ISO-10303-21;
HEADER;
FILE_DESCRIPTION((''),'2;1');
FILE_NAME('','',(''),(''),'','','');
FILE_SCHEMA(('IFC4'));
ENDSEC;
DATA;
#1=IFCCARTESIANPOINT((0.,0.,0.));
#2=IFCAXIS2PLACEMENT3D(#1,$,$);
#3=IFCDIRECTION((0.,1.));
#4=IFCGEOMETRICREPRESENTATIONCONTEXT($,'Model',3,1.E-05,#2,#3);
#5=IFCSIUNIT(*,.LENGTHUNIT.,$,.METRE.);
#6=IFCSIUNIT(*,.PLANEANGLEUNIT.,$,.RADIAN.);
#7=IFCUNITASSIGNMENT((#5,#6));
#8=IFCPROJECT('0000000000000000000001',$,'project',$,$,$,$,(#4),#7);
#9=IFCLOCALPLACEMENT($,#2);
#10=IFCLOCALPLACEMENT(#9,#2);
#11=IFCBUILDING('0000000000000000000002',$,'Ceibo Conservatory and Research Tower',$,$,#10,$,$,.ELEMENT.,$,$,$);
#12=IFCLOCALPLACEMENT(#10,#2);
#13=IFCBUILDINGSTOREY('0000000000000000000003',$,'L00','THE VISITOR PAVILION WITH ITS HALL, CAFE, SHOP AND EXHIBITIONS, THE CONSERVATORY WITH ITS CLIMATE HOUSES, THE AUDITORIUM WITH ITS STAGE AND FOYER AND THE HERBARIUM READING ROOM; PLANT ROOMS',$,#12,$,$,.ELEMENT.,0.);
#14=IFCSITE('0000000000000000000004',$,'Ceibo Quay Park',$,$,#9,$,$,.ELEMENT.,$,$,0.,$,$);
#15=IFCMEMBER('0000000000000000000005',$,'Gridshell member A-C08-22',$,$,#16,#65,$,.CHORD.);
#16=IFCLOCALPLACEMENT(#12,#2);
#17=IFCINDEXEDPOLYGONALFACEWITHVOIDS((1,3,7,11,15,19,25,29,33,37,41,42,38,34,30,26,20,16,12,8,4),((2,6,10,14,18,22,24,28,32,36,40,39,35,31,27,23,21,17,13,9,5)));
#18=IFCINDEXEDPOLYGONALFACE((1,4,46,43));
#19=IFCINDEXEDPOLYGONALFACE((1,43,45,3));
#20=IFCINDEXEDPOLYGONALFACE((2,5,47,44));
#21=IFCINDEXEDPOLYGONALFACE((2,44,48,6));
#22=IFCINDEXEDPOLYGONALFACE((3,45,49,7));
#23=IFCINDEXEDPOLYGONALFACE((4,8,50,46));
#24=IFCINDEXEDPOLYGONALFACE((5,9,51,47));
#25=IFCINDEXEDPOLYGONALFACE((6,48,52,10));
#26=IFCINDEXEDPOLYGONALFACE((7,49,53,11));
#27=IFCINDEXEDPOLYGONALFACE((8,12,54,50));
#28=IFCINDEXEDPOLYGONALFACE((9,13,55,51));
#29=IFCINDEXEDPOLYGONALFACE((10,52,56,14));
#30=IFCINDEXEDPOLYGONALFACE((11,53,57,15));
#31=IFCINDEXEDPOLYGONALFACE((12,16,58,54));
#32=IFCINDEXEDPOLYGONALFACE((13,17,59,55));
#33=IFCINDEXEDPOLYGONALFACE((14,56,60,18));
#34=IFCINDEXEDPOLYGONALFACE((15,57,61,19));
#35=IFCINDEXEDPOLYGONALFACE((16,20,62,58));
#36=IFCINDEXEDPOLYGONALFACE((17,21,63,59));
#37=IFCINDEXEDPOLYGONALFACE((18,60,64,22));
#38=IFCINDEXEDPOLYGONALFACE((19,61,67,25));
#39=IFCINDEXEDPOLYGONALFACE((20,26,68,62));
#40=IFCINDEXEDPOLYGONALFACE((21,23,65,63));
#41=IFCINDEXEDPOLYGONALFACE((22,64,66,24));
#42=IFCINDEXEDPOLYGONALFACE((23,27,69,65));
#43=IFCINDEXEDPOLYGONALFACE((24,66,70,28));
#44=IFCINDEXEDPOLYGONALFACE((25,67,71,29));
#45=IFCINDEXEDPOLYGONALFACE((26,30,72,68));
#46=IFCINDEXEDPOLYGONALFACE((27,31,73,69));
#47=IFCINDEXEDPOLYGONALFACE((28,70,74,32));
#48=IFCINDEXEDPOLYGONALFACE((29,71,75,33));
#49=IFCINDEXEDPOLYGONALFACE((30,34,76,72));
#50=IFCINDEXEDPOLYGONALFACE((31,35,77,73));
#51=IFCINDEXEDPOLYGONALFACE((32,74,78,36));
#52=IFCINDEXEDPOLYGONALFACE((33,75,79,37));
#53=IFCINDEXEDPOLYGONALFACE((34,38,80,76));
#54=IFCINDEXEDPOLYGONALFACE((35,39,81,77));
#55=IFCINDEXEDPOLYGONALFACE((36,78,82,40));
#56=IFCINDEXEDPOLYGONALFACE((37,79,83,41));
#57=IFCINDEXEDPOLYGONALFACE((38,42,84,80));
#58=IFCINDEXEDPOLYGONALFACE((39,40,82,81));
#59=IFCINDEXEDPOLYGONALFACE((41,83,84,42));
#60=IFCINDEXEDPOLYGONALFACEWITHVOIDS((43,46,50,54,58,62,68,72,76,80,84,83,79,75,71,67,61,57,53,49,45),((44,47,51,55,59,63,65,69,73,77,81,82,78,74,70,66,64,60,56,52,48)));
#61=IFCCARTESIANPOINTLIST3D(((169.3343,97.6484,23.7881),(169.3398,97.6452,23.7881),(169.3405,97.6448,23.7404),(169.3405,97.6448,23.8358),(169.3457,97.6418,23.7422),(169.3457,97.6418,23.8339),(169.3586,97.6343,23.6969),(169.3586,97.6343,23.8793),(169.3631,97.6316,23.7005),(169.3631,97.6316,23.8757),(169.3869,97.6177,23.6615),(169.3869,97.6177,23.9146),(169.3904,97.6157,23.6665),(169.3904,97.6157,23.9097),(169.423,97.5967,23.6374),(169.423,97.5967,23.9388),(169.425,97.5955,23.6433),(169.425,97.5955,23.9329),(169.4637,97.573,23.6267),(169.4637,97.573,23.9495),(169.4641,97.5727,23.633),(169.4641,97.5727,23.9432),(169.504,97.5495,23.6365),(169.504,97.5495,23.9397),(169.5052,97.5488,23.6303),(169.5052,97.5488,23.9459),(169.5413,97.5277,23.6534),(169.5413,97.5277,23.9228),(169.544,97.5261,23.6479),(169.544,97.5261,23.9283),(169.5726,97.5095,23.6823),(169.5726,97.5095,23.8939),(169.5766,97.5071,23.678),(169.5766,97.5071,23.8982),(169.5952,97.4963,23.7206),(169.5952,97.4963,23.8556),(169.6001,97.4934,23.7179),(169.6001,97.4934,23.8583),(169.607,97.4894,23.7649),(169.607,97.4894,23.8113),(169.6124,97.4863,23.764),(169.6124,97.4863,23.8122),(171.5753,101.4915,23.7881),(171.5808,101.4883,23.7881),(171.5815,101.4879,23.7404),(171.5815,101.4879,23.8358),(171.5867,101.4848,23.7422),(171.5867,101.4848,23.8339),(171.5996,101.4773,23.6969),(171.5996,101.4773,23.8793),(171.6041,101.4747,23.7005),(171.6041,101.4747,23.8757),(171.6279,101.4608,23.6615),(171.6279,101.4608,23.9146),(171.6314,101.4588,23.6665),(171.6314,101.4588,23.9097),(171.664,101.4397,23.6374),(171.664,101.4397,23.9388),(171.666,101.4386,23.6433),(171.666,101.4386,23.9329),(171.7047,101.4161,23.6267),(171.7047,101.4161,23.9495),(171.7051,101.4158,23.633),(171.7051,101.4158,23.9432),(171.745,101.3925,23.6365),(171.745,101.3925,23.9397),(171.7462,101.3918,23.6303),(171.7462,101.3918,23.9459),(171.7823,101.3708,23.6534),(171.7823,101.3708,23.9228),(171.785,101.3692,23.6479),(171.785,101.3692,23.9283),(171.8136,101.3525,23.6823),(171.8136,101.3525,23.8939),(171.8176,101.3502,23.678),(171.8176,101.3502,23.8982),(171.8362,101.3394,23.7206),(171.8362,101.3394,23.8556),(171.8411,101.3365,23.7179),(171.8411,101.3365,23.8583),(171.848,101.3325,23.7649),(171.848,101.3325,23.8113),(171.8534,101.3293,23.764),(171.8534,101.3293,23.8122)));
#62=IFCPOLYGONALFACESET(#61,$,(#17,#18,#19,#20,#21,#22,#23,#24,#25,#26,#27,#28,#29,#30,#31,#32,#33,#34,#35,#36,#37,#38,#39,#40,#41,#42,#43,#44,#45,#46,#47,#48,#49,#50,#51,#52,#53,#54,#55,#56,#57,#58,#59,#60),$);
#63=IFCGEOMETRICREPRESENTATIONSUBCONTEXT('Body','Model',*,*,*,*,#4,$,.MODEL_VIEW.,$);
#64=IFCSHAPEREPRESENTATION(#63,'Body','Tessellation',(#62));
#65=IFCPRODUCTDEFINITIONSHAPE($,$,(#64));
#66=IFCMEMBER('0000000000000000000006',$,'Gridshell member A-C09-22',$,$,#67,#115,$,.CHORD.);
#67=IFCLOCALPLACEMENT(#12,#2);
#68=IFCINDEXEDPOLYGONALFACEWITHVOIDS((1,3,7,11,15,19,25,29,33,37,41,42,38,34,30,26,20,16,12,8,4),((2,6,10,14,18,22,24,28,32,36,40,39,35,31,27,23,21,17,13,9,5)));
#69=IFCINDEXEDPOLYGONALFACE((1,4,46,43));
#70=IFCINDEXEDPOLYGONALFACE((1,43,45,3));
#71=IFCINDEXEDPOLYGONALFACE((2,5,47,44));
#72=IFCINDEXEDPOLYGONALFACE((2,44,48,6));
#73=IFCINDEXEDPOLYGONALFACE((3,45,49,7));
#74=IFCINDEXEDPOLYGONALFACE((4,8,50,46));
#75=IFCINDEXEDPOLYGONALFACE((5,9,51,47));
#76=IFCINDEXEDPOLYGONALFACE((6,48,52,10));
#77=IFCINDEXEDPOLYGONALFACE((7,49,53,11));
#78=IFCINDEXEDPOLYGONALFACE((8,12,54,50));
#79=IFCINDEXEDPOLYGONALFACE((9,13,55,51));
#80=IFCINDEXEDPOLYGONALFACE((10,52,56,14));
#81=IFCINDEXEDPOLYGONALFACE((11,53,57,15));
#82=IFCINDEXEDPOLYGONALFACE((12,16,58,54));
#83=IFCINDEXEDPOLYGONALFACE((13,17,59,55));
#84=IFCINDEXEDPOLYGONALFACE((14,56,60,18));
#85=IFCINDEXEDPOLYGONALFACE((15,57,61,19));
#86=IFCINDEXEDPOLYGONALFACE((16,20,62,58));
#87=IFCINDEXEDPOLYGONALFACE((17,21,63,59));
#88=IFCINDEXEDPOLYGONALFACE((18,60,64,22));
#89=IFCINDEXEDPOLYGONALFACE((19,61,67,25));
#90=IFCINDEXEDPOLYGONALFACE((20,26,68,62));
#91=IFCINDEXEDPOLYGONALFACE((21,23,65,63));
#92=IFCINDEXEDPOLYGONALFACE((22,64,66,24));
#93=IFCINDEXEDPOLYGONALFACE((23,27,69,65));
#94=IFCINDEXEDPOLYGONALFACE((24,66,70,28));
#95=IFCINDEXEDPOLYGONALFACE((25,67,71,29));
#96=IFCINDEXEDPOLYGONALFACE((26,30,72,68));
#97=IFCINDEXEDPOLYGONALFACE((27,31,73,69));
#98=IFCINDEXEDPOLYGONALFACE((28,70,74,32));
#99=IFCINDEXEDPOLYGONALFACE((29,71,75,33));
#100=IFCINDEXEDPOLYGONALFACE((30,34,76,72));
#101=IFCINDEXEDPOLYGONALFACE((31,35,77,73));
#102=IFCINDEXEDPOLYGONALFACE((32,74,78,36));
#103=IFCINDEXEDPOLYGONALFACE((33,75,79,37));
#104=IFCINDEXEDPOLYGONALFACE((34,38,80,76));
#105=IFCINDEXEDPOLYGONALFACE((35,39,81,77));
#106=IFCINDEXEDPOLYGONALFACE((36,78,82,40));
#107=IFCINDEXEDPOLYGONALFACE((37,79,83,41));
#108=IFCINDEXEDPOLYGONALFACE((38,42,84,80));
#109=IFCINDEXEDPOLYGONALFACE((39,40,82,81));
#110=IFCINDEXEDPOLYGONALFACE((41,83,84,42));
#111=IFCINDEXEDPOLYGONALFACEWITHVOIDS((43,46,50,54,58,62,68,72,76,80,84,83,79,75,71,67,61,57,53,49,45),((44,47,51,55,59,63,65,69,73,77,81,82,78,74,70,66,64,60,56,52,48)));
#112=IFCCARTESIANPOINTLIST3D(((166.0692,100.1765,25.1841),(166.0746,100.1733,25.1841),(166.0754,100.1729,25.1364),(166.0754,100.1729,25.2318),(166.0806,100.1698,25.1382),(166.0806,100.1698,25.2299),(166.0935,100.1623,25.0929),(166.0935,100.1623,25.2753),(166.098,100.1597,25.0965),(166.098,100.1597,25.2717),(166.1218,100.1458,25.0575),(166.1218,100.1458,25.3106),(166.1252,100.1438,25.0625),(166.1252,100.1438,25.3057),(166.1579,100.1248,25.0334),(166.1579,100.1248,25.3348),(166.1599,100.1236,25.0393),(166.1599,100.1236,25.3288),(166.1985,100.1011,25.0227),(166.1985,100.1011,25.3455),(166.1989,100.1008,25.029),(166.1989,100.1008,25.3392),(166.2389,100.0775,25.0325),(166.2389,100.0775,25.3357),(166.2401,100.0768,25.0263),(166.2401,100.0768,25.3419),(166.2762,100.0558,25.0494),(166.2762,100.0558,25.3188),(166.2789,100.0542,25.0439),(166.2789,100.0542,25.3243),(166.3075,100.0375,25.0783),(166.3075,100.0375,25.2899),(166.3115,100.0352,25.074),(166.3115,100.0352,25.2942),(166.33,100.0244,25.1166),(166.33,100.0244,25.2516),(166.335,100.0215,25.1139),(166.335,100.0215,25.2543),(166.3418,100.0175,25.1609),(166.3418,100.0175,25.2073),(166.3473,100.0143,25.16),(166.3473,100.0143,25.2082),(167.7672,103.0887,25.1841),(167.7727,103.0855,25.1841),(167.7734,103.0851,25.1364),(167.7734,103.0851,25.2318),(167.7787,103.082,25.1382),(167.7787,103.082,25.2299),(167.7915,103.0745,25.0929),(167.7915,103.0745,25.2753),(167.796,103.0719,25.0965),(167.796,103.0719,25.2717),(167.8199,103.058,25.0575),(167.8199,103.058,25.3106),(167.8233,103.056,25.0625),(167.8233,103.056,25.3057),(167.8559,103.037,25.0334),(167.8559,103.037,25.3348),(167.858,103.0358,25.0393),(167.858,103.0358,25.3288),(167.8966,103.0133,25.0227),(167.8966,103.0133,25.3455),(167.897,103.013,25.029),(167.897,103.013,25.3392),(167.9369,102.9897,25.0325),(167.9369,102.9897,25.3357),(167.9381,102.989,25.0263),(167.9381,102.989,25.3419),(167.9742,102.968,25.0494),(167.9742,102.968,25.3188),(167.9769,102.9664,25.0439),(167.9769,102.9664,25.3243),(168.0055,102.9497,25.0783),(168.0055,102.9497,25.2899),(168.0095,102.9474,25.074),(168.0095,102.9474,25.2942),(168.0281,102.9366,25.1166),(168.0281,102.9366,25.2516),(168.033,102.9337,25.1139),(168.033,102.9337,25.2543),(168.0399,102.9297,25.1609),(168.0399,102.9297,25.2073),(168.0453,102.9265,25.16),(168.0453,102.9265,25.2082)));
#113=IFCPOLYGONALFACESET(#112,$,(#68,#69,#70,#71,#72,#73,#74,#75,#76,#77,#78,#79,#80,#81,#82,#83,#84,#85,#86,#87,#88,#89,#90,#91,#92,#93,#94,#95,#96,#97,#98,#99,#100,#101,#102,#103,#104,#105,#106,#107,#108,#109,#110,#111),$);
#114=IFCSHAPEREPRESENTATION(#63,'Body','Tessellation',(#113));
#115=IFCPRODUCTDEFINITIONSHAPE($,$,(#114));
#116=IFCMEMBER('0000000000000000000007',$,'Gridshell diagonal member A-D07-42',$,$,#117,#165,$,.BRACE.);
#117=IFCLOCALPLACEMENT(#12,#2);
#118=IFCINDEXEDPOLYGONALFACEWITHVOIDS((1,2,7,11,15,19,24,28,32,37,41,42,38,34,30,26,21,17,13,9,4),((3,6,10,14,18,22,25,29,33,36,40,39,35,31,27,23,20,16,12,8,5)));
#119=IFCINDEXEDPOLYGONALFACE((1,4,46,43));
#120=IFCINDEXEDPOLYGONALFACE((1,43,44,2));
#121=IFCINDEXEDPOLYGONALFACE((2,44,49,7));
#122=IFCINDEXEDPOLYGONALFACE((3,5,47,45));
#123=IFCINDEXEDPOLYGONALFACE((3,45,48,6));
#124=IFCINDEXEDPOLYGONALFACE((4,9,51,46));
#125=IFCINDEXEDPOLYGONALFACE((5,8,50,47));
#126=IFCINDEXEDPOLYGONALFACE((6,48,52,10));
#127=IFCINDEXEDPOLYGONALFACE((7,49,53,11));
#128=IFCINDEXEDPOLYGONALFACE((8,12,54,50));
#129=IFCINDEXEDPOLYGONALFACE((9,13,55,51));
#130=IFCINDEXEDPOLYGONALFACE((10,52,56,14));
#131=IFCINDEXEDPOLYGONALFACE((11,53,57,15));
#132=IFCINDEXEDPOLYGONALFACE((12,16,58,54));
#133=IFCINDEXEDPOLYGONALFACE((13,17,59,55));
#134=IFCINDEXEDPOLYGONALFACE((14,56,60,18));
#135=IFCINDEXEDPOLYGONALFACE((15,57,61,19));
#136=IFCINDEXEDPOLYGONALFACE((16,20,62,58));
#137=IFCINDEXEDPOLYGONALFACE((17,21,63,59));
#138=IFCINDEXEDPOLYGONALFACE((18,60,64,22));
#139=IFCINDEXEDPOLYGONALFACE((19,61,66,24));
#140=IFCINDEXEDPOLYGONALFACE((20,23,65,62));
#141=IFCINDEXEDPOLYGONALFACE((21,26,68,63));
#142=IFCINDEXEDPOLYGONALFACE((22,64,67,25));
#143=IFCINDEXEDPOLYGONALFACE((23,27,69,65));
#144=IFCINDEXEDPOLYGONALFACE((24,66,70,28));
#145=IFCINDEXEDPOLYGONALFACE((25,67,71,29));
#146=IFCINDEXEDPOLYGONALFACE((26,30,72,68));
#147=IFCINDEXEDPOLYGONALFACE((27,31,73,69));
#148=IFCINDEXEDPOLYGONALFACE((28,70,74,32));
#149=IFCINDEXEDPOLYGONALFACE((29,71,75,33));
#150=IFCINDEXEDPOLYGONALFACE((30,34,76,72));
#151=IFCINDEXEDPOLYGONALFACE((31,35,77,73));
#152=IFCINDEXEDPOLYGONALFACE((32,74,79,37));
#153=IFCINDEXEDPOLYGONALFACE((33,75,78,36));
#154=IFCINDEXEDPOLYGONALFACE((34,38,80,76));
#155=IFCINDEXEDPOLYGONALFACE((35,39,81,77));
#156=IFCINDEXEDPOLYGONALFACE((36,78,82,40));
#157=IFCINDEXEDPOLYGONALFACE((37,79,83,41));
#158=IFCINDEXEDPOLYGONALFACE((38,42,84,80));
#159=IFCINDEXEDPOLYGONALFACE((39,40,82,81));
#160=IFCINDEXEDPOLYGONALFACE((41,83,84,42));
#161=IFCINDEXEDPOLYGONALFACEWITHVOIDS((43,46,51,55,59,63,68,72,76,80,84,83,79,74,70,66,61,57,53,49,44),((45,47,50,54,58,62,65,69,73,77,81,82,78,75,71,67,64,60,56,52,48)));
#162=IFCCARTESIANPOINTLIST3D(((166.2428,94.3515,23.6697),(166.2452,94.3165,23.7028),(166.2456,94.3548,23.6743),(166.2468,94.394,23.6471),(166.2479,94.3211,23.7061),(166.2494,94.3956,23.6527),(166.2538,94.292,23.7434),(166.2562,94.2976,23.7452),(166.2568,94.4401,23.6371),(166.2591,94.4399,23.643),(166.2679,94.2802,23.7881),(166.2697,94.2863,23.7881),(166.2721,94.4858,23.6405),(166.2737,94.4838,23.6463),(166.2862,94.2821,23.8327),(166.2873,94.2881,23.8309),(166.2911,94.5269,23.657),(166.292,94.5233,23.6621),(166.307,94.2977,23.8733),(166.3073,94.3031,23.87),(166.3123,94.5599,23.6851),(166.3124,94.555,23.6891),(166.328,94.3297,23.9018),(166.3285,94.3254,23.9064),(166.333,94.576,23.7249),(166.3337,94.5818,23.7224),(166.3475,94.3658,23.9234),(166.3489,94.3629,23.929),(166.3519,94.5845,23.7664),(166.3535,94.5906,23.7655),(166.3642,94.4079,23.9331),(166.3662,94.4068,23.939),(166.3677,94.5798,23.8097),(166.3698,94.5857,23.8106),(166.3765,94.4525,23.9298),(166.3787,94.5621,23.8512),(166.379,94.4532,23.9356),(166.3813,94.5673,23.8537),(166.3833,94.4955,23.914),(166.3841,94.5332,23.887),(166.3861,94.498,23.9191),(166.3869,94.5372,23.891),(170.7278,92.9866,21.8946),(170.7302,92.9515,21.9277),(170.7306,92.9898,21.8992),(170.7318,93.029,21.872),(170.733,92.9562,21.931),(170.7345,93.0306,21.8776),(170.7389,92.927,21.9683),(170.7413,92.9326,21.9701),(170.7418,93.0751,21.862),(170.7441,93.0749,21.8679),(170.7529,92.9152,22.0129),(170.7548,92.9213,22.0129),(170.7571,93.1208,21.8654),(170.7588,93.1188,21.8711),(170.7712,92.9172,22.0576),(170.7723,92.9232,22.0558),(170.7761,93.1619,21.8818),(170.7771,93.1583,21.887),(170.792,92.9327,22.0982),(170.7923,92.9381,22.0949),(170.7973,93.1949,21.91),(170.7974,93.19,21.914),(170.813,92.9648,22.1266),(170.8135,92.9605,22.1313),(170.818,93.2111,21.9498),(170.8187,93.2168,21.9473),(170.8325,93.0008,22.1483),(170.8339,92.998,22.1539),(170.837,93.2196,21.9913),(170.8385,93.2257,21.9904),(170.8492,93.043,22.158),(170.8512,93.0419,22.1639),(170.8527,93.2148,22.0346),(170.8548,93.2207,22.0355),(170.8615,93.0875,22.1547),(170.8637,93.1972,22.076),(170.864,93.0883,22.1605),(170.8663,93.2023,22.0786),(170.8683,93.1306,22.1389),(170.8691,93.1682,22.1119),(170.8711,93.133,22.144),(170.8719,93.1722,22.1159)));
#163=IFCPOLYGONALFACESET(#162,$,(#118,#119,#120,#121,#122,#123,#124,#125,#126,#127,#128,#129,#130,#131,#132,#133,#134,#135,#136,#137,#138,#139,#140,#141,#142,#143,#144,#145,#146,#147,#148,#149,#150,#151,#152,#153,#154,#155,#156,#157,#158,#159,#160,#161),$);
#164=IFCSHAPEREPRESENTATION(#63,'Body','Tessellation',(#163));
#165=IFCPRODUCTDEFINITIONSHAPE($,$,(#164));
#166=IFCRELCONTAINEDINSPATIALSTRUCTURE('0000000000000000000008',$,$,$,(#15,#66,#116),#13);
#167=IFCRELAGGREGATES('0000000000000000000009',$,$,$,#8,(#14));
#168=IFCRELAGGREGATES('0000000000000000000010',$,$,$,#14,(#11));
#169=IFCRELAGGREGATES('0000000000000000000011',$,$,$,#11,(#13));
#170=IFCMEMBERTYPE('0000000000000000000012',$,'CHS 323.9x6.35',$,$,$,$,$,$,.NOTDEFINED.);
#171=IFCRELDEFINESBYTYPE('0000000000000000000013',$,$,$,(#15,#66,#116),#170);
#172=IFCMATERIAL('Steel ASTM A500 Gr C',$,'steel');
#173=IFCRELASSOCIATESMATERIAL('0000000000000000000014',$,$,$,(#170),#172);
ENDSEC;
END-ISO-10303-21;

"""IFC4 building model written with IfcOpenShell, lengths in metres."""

from ifc_helpers import new_model, si_unit, direction, frame, origin, origin_2d, place, context, subcontext, project, spatial, hollow_circle, extrude, material, material_profile, profile_set, type_object, element, save


model = new_model("IFC4")

# Units and contexts
model_context = context("Model", 3, precision=1e-05, world=origin(), true_north=direction((0.0, 1.0)))
body_context = subcontext(model_context, "Body", "Model", "MODEL_VIEW")
ifc_project = project(units=[si_unit("LENGTHUNIT", "METRE"), si_unit("PLANEANGLEUNIT", "RADIAN")], contexts=[model_context])

# Site, building, storey
site_placement = place(None, origin())
site = spatial("IfcSite", under=ifc_project, at=site_placement, Name="Ceibo Quay Park", CompositionType="ELEMENT", RefElevation=0.0)
building_placement = place(site_placement, origin())
building = spatial("IfcBuilding", under=site, at=building_placement, Name="Ceibo Conservatory and Research Tower", CompositionType="ELEMENT")
storey_placement = place(building_placement, origin())
storey = spatial("IfcBuildingStorey", under=building, at=storey_placement, Name="L00", Description="THE VISITOR PAVILION WITH ITS HALL, CAFE, SHOP AND EXHIBITIONS, THE CONSERVATORY WITH ITS CLIMATE HOUSES, THE AUDITORIUM WITH ITS STAGE AND FOYER AND THE HERBARIUM READING ROOM; PLANT ROOMS", CompositionType="ELEMENT", Elevation=0.0)

# Members
ifc_material_1 = material(Name="Steel ASTM A500 Gr C", Category="steel")
ifc_material_profile_1 = material_profile(ifc_material_1, hollow_circle(Radius=0.1619, WallThickness=0.0063, at=origin_2d()), Name="CHS 323.9x6.35")
ifc_profile_set_1 = profile_set([ifc_material_profile_1], Name="Steel ASTM A500 Gr C")
member_type_1 = type_object("IfcMemberType", Name="CHS 323.9x6.35", PredefinedType="NOTDEFINED", material=ifc_profile_set_1)
member_1_placement = place(storey_placement, frame((169.4741, 97.5669, 23.7881), z_axis=(0.503738, 0.863857, 0.0), x_axis=(-0.863857, 0.503738, 0.0)))
element("IfcMember", 1, at=member_1_placement, inside=storey, type_object=member_type_1, Name="Gridshell member A-C08-22", PredefinedType="CHORD", context=body_context, shape_type="SweptSolid", body=[
    extrude(hollow_circle(Radius=0.1619, WallThickness=0.0063, at=origin_2d()), origin(), (0.0, 0.0, 1.0), 4.4487),
])
member_2_placement = place(storey_placement, frame((166.209, 100.095, 25.1841), z_axis=(0.503709, 0.863873, 0.0), x_axis=(-0.863873, 0.503709, 0.0)))
element("IfcMember", 2, at=member_2_placement, inside=storey, type_object=member_type_1, Name="Gridshell member A-C09-22", PredefinedType="CHORD", context=body_context, shape_type="SweptSolid", body=[
    extrude(hollow_circle(Radius=0.1619, WallThickness=0.0063, at=origin_2d()), origin(), (0.0, 0.0, 1.0), 3.3711),
])
for number, where, z_axis, x_axis, name in (
    (3, (170.8, 93.0701, 22.0129), (-0.894689, 0.272288, 0.354106), (-0.291153, -0.956676, 0.0), "Gridshell diagonal member A-D07-42"),
):
    element("IfcMember", number, at=place(storey_placement, frame(where, z_axis=z_axis, x_axis=x_axis)), inside=storey, type_object=member_type_1, Name=name, PredefinedType="BRACE", context=body_context, shape_type="SweptSolid", body=[
        extrude(hollow_circle(Radius=0.1619, WallThickness=0.0063, at=origin_2d()), origin(), (0.0, 0.0, 1.0), 5.0129),
    ])

save(model, "model.ifc")
